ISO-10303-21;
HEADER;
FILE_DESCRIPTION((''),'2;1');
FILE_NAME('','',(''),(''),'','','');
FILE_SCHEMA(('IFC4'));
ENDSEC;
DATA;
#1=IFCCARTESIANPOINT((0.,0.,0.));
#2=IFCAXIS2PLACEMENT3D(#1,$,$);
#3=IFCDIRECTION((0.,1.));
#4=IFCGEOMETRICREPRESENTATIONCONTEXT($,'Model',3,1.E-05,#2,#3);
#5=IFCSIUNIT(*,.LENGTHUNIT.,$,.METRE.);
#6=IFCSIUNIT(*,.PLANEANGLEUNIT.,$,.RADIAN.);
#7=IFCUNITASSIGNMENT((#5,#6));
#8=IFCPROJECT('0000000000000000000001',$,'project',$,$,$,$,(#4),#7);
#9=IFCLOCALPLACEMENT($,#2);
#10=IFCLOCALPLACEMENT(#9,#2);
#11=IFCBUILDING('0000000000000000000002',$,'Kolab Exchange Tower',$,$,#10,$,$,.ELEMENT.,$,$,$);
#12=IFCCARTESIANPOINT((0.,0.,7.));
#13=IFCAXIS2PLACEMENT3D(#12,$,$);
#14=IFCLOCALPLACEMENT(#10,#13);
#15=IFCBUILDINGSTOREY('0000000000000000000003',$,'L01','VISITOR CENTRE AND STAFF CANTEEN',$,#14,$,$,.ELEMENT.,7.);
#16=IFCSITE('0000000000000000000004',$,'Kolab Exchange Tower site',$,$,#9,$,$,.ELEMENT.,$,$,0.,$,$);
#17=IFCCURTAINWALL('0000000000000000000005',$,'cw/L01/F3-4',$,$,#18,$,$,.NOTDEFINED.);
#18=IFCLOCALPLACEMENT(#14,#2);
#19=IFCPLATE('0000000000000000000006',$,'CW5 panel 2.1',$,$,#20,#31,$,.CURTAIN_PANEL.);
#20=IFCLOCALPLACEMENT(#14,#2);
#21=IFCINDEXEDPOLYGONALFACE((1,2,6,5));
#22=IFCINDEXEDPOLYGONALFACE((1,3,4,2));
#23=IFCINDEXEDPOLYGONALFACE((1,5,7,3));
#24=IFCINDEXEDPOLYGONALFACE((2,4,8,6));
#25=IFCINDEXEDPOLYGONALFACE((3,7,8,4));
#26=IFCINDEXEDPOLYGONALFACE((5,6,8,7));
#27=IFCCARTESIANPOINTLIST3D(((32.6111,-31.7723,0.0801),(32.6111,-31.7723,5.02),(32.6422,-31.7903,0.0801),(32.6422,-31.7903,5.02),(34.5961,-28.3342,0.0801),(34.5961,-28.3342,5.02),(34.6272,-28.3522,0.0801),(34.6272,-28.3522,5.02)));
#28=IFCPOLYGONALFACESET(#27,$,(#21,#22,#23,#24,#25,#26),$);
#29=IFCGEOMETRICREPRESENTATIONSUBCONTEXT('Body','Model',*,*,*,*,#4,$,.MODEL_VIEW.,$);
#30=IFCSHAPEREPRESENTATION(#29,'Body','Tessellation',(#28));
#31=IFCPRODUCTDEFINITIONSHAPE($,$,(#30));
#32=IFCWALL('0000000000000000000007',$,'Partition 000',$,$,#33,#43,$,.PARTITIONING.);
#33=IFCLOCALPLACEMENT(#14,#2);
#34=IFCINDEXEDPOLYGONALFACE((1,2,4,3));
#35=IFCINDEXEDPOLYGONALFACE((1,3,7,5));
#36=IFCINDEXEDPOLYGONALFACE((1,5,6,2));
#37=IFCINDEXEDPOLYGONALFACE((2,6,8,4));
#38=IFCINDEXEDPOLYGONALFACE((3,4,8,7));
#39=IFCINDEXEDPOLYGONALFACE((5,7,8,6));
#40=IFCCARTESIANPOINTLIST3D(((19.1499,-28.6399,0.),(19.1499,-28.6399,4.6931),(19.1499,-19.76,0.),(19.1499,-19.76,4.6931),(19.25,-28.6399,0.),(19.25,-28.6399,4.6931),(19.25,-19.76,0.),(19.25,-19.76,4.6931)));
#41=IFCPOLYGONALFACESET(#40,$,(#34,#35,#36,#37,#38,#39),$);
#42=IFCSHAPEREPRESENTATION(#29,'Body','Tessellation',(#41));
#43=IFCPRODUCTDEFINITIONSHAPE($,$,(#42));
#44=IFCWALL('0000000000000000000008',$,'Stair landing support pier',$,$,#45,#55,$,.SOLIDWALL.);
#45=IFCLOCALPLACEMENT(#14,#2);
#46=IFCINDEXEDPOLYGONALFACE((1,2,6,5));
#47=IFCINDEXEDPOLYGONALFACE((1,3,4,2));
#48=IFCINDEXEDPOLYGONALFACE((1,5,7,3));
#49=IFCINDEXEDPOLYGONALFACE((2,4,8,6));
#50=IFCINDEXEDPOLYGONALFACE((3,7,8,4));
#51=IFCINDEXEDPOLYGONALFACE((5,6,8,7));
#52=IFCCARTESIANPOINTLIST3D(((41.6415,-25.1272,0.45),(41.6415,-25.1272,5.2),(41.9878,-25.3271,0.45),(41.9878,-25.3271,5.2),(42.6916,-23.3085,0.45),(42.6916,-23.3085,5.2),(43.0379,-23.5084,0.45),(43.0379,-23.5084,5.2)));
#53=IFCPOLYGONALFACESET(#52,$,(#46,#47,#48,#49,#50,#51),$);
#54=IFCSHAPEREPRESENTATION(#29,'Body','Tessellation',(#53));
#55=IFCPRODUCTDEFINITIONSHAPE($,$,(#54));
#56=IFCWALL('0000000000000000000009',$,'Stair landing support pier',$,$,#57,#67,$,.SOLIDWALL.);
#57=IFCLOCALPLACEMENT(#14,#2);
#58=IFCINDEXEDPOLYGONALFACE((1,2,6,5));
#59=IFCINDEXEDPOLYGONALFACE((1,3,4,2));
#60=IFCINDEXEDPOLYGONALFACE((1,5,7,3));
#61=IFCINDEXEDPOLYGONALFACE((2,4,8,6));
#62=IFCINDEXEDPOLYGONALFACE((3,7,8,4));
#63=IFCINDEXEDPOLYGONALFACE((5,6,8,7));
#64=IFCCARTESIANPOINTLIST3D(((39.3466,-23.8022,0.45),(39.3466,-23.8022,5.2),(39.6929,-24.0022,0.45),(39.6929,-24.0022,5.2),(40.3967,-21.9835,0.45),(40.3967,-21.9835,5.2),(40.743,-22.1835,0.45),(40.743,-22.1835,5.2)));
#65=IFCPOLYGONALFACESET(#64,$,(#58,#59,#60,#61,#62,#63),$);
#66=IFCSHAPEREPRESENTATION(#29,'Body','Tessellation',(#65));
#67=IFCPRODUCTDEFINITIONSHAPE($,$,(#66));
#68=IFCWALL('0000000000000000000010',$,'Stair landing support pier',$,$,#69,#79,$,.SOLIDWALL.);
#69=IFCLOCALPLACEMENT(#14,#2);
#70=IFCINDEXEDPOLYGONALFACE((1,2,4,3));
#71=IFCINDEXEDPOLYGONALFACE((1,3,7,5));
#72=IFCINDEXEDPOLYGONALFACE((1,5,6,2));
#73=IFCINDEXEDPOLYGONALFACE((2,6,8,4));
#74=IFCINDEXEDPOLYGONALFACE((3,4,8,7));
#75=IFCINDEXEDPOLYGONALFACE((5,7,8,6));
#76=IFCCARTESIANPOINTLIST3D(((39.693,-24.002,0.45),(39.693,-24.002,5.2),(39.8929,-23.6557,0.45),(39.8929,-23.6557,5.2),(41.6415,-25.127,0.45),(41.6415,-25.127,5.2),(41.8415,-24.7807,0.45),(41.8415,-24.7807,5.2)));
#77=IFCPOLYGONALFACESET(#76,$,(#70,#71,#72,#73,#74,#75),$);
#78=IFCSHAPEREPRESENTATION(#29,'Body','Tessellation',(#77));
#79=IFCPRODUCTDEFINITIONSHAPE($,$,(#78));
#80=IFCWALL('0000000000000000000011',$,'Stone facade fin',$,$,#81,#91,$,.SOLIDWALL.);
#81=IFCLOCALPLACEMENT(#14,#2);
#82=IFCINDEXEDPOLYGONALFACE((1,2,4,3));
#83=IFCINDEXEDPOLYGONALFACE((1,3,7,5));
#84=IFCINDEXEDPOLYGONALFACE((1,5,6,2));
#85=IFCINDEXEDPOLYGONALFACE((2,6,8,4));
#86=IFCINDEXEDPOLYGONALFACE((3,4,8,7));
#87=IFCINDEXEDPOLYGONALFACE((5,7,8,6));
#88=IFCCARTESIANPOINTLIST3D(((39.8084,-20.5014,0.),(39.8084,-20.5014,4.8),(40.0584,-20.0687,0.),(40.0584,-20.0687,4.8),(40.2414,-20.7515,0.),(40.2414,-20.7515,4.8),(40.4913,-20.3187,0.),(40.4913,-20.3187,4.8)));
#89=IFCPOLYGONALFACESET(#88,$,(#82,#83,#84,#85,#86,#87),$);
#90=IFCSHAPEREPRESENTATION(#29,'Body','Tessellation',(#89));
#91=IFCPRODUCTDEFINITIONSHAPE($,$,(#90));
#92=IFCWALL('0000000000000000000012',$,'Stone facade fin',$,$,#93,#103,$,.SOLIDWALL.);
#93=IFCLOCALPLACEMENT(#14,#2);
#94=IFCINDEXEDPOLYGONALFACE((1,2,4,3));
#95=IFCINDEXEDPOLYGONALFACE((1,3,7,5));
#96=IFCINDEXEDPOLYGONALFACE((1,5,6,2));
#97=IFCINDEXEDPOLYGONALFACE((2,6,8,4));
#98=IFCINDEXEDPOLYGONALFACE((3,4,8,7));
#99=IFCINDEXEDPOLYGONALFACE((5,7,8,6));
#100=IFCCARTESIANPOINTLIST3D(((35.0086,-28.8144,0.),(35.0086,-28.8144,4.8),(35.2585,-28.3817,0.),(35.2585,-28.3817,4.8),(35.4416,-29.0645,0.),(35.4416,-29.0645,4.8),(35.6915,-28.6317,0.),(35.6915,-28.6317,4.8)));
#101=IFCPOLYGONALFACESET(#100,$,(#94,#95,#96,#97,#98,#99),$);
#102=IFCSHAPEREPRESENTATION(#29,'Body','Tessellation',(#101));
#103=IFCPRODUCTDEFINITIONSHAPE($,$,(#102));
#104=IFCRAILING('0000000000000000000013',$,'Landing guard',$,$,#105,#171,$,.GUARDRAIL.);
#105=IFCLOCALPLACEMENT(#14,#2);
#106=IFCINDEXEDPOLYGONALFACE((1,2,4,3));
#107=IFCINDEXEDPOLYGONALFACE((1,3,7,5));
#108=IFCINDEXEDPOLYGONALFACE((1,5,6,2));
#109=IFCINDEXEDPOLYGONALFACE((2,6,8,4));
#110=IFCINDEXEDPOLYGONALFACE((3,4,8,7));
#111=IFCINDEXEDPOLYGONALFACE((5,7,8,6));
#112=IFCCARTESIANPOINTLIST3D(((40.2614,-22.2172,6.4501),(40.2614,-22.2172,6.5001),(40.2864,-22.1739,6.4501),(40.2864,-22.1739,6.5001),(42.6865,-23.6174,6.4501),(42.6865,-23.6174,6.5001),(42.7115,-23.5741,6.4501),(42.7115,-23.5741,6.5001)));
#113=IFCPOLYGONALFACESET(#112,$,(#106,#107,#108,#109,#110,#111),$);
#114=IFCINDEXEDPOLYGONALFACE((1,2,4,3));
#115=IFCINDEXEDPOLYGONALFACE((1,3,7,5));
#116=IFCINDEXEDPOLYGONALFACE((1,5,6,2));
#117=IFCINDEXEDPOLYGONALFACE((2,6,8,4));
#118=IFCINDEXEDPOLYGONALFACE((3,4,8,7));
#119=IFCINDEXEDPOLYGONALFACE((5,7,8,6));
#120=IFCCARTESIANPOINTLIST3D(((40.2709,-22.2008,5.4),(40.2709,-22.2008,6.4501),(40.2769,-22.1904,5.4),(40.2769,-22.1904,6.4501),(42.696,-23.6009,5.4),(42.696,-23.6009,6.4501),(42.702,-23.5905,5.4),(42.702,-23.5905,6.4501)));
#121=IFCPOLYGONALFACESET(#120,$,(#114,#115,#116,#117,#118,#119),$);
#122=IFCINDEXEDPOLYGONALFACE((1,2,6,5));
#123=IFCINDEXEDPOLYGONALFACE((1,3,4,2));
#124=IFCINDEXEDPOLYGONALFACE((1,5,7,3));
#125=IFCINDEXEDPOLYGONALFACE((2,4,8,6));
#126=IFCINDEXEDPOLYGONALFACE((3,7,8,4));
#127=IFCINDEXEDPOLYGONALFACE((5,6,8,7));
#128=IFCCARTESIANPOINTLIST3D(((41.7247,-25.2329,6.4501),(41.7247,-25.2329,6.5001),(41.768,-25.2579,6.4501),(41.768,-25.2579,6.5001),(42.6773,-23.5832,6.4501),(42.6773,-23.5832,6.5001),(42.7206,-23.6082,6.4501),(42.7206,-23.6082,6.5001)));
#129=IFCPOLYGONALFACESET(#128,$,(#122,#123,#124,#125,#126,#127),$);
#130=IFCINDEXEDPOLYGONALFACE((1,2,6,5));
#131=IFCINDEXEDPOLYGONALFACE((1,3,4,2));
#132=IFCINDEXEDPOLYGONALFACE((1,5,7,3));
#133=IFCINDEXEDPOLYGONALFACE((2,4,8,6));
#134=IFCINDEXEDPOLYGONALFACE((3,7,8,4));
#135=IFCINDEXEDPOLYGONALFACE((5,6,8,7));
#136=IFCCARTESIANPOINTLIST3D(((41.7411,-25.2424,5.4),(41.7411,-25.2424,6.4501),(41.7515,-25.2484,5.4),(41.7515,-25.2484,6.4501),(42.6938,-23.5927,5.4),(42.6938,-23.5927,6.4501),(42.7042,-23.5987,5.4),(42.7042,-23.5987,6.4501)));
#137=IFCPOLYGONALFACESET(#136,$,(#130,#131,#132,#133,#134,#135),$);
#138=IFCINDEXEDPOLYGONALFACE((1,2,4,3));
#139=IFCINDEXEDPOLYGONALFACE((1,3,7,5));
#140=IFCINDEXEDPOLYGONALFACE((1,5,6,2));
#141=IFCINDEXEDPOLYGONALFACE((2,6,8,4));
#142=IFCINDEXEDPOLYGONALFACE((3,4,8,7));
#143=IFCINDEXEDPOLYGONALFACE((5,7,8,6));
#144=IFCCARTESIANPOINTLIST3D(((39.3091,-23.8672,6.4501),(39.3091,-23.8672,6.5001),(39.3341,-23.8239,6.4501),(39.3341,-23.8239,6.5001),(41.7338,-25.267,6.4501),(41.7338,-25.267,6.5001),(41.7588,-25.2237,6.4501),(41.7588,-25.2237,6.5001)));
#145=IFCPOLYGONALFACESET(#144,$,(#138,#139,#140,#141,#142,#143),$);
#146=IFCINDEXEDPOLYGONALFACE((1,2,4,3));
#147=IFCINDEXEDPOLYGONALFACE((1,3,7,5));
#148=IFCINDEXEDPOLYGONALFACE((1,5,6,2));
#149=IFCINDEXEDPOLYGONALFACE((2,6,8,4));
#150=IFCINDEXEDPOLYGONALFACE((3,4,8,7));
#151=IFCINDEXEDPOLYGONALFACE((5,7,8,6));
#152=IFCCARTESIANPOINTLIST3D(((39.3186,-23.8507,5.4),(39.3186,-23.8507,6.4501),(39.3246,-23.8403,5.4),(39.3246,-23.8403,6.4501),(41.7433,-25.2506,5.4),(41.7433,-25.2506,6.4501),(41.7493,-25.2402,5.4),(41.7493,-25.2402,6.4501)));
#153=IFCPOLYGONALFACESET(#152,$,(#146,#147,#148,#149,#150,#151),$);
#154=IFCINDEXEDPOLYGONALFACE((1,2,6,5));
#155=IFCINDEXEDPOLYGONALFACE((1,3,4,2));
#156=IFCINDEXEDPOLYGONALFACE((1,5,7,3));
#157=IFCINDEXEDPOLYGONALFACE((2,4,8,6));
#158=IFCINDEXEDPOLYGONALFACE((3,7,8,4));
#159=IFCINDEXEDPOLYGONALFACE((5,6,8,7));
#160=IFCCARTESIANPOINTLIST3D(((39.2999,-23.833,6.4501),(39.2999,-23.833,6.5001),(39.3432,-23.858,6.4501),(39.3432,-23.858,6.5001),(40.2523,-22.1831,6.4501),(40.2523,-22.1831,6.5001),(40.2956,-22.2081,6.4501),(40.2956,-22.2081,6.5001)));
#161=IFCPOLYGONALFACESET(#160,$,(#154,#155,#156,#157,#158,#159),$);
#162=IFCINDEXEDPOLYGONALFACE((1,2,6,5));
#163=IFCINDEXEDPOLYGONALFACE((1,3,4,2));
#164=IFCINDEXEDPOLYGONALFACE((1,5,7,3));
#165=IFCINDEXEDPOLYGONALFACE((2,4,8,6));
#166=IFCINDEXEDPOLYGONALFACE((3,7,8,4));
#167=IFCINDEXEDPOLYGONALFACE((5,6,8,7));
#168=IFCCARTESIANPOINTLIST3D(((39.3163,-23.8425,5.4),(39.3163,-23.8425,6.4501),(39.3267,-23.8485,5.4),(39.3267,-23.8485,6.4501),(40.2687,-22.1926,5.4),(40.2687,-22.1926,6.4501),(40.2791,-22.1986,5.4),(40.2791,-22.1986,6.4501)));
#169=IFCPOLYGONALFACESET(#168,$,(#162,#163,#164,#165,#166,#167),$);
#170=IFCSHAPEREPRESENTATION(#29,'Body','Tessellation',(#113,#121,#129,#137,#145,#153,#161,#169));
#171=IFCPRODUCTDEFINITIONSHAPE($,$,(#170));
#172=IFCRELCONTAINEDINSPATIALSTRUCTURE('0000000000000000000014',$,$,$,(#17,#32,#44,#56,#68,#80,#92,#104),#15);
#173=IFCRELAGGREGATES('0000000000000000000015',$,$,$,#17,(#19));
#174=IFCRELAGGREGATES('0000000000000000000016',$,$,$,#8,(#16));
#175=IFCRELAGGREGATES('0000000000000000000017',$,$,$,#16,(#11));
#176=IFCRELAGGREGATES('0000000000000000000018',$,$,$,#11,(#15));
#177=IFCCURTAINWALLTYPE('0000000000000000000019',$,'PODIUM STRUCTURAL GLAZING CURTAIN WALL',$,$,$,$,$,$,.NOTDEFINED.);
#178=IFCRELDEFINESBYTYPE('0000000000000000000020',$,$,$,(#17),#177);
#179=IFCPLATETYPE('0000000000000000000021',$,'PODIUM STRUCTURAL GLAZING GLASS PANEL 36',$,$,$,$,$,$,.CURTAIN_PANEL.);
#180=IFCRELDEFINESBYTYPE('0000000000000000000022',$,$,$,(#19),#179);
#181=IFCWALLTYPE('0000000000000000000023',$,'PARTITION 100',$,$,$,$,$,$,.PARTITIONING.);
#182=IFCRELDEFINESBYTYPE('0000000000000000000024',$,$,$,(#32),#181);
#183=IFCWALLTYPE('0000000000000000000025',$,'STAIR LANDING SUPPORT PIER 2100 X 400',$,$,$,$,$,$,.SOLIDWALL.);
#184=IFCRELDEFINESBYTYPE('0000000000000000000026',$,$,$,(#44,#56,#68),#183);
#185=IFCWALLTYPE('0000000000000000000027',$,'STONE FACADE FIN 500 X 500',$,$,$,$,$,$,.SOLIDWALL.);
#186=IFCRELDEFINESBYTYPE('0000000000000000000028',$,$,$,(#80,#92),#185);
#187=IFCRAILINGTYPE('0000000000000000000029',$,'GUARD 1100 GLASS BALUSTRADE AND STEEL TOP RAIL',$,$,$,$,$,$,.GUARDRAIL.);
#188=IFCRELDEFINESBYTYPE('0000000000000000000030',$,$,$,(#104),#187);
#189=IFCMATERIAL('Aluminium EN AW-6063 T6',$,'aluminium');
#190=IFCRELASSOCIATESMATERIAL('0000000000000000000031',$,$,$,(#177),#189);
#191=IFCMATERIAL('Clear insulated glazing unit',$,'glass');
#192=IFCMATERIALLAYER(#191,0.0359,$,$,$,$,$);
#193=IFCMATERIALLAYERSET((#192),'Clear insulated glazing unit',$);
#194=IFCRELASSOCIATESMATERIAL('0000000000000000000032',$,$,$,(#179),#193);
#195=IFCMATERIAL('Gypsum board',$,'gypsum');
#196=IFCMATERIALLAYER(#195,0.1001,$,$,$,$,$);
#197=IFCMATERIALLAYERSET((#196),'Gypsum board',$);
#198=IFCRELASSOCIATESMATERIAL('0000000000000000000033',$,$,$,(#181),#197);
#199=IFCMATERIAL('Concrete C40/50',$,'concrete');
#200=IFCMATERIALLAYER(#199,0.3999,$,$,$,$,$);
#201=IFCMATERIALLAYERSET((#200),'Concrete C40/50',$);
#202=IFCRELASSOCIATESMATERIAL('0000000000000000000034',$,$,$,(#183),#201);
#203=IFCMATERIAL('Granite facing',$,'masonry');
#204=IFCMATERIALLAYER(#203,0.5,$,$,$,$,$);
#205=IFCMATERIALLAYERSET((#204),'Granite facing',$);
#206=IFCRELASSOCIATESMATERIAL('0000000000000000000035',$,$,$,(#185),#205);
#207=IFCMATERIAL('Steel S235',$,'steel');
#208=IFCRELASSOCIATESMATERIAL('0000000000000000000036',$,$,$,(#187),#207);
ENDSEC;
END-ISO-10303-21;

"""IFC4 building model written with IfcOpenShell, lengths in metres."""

from ifc_helpers import new_model, si_unit, direction, frame, frame_2d, origin, origin_2d, place, context, subcontext, project, spatial, rectangle, extrude, material, layer, layer_set, type_object, element, aggregate, save


model = new_model("IFC4")

# Units and contexts
model_context = context("Model", 3, precision=1e-05, world=origin(), true_north=direction((0.0, 1.0)))
body_context = subcontext(model_context, "Body", "Model", "MODEL_VIEW")
ifc_project = project(units=[si_unit("LENGTHUNIT", "METRE"), si_unit("PLANEANGLEUNIT", "RADIAN")], contexts=[model_context])

# Site, building, storey
site_placement = place(None, origin())
site = spatial("IfcSite", under=ifc_project, at=site_placement, Name="Kolab Exchange Tower site", CompositionType="ELEMENT", RefElevation=0.0)
building_placement = place(site_placement, origin())
building = spatial("IfcBuilding", under=site, at=building_placement, Name="Kolab Exchange Tower", CompositionType="ELEMENT")
storey_placement = place(building_placement, frame((0.0, 0.0, 7.0)))
storey = spatial("IfcBuildingStorey", under=building, at=storey_placement, Name="L01", Description="VISITOR CENTRE AND STAFF CANTEEN", CompositionType="ELEMENT", Elevation=7.0)

# Curtain wall
ifc_material_1 = material(Name="Aluminium EN AW-6063 T6", Category="aluminium")
curtain_wall_type = type_object("IfcCurtainWallType", Name="PODIUM STRUCTURAL GLAZING CURTAIN WALL", PredefinedType="NOTDEFINED", material=ifc_material_1)
curtain_wall_1_placement = place(storey_placement, origin())
curtain_wall_1 = element("IfcCurtainWall", 1, at=curtain_wall_1_placement, inside=storey, type_object=curtain_wall_type, Name="cw/L01/F3-4", PredefinedType="NOTDEFINED")

# Plate
ifc_material_2 = material(Name="Clear insulated glazing unit", Category="glass")
ifc_layer_1 = layer(ifc_material_2, 0.0359)
ifc_layer_set_1 = layer_set([ifc_layer_1], Name="Clear insulated glazing unit")
plate_type = type_object("IfcPlateType", Name="PODIUM STRUCTURAL GLAZING GLASS PANEL 36", PredefinedType="CURTAIN_PANEL", material=ifc_layer_set_1)
plate_1_placement = place(storey_placement, frame((33.6191, -30.0623, 0.0801), z_axis=(0.0, 0.0, 1.0), x_axis=(-0.5, -0.866025, 0.0)))
plate_1 = element("IfcPlate", 2, at=plate_1_placement, type_object=plate_type, Name="CW5 panel 2.1", PredefinedType="CURTAIN_PANEL", context=body_context, shape_type="SweptSolid", body=[
    extrude(rectangle(XDim=3.97, YDim=0.0359, at=origin_2d()), origin(), (0.0, 0.0, 1.0), 4.9399),
])
aggregate(curtain_wall_1, [plate_1])

# Walls
ifc_material_3 = material(Name="Gypsum board", Category="gypsum")
ifc_layer_2 = layer(ifc_material_3, 0.1001)
ifc_layer_set_2 = layer_set([ifc_layer_2], Name="Gypsum board")
wall_type_1 = type_object("IfcWallType", Name="PARTITION 100", PredefinedType="PARTITIONING", material=ifc_layer_set_2)
wall_1_placement = place(storey_placement, frame((19.2, -28.6399, 0.0), z_axis=(0.0, 0.0, 1.0), x_axis=(0.0, 1.0, 0.0)))
element("IfcWall", 3, at=wall_1_placement, inside=storey, type_object=wall_type_1, Name="Partition 000", PredefinedType="PARTITIONING", context=body_context, shape_type="SweptSolid", body=[
    extrude(rectangle(XDim=8.8799, YDim=0.1001, at=frame_2d((4.4399, 0.0))), origin(), (0.0, 0.0, 1.0), 4.6931),
])
ifc_material_4 = material(Name="Concrete C40/50", Category="concrete")
ifc_layer_3 = layer(ifc_material_4, 0.3999)
ifc_layer_set_3 = layer_set([ifc_layer_3], Name="Concrete C40/50")
wall_type_2 = type_object("IfcWallType", Name="STAIR LANDING SUPPORT PIER 2100 X 400", PredefinedType="SOLIDWALL", material=ifc_layer_set_3)
for number, where, z_axis, x_axis, name in (
    (4, (42.8647, -23.4084, 0.45), (0.0, 0.0, 1.0), (-0.500028, -0.866009, 0.0), "Stair landing support pier"),
    (5, (40.5698, -22.0835, 0.45), (0.0, 0.0, 1.0), (-0.500028, -0.866009, 0.0), "Stair landing support pier"),
):
    element("IfcWall", number, at=place(storey_placement, frame(where, z_axis=z_axis, x_axis=x_axis)), inside=storey, type_object=wall_type_2, Name=name, PredefinedType="SOLIDWALL", context=body_context, shape_type="SweptSolid", body=[
        extrude(rectangle(XDim=2.1001, YDim=0.3999, at=frame_2d((1.05, 0.0))), origin(), (0.0, 0.0, 1.0), 4.75),
    ])
wall_2_placement = place(storey_placement, frame((39.793, -23.8289, 0.45), z_axis=(0.0, 0.0, 1.0), x_axis=(0.866018, -0.500014, 0.0)))
element("IfcWall", 6, at=wall_2_placement, inside=storey, type_object=wall_type_2, Name="Stair landing support pier", PredefinedType="SOLIDWALL", context=body_context, shape_type="SweptSolid", body=[
    extrude(rectangle(XDim=2.25, YDim=0.3999, at=frame_2d((1.125, 0.0))), origin(), (0.0, 0.0, 1.0), 4.75),
])
ifc_material_5 = material(Name="Granite facing", Category="masonry")
ifc_layer_4 = layer(ifc_material_5, 0.5)
ifc_layer_set_4 = layer_set([ifc_layer_4], Name="Granite facing")
wall_type_3 = type_object("IfcWallType", Name="STONE FACADE FIN 500 X 500", PredefinedType="SOLIDWALL", material=ifc_layer_set_4)
for number, where, z_axis, x_axis, name in (
    (7, (40.2749, -20.1936, 0.0), (0.0, 0.0, 1.0), (-0.500131, -0.86595, 0.0), "Stone facade fin"),
    (8, (35.4751, -28.5066, 0.0), (0.0, 0.0, 1.0), (-0.500131, -0.86595, 0.0), "Stone facade fin"),
):
    element("IfcWall", number, at=place(storey_placement, frame(where, z_axis=z_axis, x_axis=x_axis)), inside=storey, type_object=wall_type_3, Name=name, PredefinedType="SOLIDWALL", context=body_context, shape_type="SweptSolid", body=[
        extrude(rectangle(XDim=0.4998, YDim=0.5, at=frame_2d((0.25, 0.0))), origin(), (0.0, 0.0, 1.0), 4.8),
    ])

# Railing
ifc_material_6 = material(Name="Steel S235", Category="steel")
railing_type = type_object("IfcRailingType", Name="GUARD 1100 GLASS BALUSTRADE AND STEEL TOP RAIL", PredefinedType="GUARDRAIL", material=ifc_material_6)
railing_placement = place(storey_placement, frame((40.2739, -22.1956, 5.3999)))
element("IfcRailing", 9, at=railing_placement, inside=storey, type_object=railing_type, Name="Landing guard", PredefinedType="GUARDRAIL", context=body_context, shape_type="SweptSolid", body=[
    extrude(rectangle(XDim=0.05, YDim=0.05, at=origin_2d()), frame((0.0, 0.0, 1.0752), z_axis=(0.866019, -0.500012, 0.0), x_axis=(0.500012, 0.866019, 0.0)), (0.0, 0.0, 1.0), 2.8003),
    extrude(rectangle(XDim=0.012, YDim=1.0501, at=frame_2d((0.0, 0.5251))), frame((0.0, 0.0, 0.0), z_axis=(0.866019, -0.500012, 0.0), x_axis=(0.500012, 0.866019, 0.0)), (0.0, 0.0, 1.0), 2.8003),
    extrude(rectangle(XDim=0.05, YDim=0.05, at=origin_2d()), frame((2.425, -1.4001, 1.0752), z_axis=(-0.500081, -0.865979, 0.0), x_axis=(0.865979, -0.500081, 0.0)), (0.0, 0.0, 1.0), 1.905),
    extrude(rectangle(XDim=0.012, YDim=1.0501, at=frame_2d((0.0, 0.5251))), frame((2.425, -1.4001, 0.0), z_axis=(-0.500081, -0.865979, 0.0), x_axis=(0.865979, -0.500081, 0.0)), (0.0, 0.0, 1.0), 1.905),
    extrude(rectangle(XDim=0.05, YDim=0.05, at=origin_2d()), frame((1.4724, -3.0498, 1.0752), z_axis=(-0.866035, 0.499984, 0.0), x_axis=(-0.499984, -0.866035, 0.0)), (0.0, 0.0, 1.0), 2.7998),
    extrude(rectangle(XDim=0.012, YDim=1.0501, at=frame_2d((0.0, 0.5251))), frame((1.4724, -3.0498, 0.0), z_axis=(-0.866035, 0.499984, 0.0), x_axis=(-0.499984, -0.866035, 0.0)), (0.0, 0.0, 1.0), 2.7998),
    extrude(rectangle(XDim=0.05, YDim=0.05, at=origin_2d()), frame((-0.9524, -1.6499, 1.0752), z_axis=(0.49993, 0.866066, 0.0), x_axis=(-0.866066, 0.49993, 0.0)), (0.0, 0.0, 1.0), 1.905),
    extrude(rectangle(XDim=0.012, YDim=1.0501, at=frame_2d((0.0, 0.5251))), frame((-0.9524, -1.6499, 0.0), z_axis=(0.49993, 0.866066, 0.0), x_axis=(-0.866066, 0.49993, 0.0)), (0.0, 0.0, 1.0), 1.905),
])

save(model, "model.ifc")
